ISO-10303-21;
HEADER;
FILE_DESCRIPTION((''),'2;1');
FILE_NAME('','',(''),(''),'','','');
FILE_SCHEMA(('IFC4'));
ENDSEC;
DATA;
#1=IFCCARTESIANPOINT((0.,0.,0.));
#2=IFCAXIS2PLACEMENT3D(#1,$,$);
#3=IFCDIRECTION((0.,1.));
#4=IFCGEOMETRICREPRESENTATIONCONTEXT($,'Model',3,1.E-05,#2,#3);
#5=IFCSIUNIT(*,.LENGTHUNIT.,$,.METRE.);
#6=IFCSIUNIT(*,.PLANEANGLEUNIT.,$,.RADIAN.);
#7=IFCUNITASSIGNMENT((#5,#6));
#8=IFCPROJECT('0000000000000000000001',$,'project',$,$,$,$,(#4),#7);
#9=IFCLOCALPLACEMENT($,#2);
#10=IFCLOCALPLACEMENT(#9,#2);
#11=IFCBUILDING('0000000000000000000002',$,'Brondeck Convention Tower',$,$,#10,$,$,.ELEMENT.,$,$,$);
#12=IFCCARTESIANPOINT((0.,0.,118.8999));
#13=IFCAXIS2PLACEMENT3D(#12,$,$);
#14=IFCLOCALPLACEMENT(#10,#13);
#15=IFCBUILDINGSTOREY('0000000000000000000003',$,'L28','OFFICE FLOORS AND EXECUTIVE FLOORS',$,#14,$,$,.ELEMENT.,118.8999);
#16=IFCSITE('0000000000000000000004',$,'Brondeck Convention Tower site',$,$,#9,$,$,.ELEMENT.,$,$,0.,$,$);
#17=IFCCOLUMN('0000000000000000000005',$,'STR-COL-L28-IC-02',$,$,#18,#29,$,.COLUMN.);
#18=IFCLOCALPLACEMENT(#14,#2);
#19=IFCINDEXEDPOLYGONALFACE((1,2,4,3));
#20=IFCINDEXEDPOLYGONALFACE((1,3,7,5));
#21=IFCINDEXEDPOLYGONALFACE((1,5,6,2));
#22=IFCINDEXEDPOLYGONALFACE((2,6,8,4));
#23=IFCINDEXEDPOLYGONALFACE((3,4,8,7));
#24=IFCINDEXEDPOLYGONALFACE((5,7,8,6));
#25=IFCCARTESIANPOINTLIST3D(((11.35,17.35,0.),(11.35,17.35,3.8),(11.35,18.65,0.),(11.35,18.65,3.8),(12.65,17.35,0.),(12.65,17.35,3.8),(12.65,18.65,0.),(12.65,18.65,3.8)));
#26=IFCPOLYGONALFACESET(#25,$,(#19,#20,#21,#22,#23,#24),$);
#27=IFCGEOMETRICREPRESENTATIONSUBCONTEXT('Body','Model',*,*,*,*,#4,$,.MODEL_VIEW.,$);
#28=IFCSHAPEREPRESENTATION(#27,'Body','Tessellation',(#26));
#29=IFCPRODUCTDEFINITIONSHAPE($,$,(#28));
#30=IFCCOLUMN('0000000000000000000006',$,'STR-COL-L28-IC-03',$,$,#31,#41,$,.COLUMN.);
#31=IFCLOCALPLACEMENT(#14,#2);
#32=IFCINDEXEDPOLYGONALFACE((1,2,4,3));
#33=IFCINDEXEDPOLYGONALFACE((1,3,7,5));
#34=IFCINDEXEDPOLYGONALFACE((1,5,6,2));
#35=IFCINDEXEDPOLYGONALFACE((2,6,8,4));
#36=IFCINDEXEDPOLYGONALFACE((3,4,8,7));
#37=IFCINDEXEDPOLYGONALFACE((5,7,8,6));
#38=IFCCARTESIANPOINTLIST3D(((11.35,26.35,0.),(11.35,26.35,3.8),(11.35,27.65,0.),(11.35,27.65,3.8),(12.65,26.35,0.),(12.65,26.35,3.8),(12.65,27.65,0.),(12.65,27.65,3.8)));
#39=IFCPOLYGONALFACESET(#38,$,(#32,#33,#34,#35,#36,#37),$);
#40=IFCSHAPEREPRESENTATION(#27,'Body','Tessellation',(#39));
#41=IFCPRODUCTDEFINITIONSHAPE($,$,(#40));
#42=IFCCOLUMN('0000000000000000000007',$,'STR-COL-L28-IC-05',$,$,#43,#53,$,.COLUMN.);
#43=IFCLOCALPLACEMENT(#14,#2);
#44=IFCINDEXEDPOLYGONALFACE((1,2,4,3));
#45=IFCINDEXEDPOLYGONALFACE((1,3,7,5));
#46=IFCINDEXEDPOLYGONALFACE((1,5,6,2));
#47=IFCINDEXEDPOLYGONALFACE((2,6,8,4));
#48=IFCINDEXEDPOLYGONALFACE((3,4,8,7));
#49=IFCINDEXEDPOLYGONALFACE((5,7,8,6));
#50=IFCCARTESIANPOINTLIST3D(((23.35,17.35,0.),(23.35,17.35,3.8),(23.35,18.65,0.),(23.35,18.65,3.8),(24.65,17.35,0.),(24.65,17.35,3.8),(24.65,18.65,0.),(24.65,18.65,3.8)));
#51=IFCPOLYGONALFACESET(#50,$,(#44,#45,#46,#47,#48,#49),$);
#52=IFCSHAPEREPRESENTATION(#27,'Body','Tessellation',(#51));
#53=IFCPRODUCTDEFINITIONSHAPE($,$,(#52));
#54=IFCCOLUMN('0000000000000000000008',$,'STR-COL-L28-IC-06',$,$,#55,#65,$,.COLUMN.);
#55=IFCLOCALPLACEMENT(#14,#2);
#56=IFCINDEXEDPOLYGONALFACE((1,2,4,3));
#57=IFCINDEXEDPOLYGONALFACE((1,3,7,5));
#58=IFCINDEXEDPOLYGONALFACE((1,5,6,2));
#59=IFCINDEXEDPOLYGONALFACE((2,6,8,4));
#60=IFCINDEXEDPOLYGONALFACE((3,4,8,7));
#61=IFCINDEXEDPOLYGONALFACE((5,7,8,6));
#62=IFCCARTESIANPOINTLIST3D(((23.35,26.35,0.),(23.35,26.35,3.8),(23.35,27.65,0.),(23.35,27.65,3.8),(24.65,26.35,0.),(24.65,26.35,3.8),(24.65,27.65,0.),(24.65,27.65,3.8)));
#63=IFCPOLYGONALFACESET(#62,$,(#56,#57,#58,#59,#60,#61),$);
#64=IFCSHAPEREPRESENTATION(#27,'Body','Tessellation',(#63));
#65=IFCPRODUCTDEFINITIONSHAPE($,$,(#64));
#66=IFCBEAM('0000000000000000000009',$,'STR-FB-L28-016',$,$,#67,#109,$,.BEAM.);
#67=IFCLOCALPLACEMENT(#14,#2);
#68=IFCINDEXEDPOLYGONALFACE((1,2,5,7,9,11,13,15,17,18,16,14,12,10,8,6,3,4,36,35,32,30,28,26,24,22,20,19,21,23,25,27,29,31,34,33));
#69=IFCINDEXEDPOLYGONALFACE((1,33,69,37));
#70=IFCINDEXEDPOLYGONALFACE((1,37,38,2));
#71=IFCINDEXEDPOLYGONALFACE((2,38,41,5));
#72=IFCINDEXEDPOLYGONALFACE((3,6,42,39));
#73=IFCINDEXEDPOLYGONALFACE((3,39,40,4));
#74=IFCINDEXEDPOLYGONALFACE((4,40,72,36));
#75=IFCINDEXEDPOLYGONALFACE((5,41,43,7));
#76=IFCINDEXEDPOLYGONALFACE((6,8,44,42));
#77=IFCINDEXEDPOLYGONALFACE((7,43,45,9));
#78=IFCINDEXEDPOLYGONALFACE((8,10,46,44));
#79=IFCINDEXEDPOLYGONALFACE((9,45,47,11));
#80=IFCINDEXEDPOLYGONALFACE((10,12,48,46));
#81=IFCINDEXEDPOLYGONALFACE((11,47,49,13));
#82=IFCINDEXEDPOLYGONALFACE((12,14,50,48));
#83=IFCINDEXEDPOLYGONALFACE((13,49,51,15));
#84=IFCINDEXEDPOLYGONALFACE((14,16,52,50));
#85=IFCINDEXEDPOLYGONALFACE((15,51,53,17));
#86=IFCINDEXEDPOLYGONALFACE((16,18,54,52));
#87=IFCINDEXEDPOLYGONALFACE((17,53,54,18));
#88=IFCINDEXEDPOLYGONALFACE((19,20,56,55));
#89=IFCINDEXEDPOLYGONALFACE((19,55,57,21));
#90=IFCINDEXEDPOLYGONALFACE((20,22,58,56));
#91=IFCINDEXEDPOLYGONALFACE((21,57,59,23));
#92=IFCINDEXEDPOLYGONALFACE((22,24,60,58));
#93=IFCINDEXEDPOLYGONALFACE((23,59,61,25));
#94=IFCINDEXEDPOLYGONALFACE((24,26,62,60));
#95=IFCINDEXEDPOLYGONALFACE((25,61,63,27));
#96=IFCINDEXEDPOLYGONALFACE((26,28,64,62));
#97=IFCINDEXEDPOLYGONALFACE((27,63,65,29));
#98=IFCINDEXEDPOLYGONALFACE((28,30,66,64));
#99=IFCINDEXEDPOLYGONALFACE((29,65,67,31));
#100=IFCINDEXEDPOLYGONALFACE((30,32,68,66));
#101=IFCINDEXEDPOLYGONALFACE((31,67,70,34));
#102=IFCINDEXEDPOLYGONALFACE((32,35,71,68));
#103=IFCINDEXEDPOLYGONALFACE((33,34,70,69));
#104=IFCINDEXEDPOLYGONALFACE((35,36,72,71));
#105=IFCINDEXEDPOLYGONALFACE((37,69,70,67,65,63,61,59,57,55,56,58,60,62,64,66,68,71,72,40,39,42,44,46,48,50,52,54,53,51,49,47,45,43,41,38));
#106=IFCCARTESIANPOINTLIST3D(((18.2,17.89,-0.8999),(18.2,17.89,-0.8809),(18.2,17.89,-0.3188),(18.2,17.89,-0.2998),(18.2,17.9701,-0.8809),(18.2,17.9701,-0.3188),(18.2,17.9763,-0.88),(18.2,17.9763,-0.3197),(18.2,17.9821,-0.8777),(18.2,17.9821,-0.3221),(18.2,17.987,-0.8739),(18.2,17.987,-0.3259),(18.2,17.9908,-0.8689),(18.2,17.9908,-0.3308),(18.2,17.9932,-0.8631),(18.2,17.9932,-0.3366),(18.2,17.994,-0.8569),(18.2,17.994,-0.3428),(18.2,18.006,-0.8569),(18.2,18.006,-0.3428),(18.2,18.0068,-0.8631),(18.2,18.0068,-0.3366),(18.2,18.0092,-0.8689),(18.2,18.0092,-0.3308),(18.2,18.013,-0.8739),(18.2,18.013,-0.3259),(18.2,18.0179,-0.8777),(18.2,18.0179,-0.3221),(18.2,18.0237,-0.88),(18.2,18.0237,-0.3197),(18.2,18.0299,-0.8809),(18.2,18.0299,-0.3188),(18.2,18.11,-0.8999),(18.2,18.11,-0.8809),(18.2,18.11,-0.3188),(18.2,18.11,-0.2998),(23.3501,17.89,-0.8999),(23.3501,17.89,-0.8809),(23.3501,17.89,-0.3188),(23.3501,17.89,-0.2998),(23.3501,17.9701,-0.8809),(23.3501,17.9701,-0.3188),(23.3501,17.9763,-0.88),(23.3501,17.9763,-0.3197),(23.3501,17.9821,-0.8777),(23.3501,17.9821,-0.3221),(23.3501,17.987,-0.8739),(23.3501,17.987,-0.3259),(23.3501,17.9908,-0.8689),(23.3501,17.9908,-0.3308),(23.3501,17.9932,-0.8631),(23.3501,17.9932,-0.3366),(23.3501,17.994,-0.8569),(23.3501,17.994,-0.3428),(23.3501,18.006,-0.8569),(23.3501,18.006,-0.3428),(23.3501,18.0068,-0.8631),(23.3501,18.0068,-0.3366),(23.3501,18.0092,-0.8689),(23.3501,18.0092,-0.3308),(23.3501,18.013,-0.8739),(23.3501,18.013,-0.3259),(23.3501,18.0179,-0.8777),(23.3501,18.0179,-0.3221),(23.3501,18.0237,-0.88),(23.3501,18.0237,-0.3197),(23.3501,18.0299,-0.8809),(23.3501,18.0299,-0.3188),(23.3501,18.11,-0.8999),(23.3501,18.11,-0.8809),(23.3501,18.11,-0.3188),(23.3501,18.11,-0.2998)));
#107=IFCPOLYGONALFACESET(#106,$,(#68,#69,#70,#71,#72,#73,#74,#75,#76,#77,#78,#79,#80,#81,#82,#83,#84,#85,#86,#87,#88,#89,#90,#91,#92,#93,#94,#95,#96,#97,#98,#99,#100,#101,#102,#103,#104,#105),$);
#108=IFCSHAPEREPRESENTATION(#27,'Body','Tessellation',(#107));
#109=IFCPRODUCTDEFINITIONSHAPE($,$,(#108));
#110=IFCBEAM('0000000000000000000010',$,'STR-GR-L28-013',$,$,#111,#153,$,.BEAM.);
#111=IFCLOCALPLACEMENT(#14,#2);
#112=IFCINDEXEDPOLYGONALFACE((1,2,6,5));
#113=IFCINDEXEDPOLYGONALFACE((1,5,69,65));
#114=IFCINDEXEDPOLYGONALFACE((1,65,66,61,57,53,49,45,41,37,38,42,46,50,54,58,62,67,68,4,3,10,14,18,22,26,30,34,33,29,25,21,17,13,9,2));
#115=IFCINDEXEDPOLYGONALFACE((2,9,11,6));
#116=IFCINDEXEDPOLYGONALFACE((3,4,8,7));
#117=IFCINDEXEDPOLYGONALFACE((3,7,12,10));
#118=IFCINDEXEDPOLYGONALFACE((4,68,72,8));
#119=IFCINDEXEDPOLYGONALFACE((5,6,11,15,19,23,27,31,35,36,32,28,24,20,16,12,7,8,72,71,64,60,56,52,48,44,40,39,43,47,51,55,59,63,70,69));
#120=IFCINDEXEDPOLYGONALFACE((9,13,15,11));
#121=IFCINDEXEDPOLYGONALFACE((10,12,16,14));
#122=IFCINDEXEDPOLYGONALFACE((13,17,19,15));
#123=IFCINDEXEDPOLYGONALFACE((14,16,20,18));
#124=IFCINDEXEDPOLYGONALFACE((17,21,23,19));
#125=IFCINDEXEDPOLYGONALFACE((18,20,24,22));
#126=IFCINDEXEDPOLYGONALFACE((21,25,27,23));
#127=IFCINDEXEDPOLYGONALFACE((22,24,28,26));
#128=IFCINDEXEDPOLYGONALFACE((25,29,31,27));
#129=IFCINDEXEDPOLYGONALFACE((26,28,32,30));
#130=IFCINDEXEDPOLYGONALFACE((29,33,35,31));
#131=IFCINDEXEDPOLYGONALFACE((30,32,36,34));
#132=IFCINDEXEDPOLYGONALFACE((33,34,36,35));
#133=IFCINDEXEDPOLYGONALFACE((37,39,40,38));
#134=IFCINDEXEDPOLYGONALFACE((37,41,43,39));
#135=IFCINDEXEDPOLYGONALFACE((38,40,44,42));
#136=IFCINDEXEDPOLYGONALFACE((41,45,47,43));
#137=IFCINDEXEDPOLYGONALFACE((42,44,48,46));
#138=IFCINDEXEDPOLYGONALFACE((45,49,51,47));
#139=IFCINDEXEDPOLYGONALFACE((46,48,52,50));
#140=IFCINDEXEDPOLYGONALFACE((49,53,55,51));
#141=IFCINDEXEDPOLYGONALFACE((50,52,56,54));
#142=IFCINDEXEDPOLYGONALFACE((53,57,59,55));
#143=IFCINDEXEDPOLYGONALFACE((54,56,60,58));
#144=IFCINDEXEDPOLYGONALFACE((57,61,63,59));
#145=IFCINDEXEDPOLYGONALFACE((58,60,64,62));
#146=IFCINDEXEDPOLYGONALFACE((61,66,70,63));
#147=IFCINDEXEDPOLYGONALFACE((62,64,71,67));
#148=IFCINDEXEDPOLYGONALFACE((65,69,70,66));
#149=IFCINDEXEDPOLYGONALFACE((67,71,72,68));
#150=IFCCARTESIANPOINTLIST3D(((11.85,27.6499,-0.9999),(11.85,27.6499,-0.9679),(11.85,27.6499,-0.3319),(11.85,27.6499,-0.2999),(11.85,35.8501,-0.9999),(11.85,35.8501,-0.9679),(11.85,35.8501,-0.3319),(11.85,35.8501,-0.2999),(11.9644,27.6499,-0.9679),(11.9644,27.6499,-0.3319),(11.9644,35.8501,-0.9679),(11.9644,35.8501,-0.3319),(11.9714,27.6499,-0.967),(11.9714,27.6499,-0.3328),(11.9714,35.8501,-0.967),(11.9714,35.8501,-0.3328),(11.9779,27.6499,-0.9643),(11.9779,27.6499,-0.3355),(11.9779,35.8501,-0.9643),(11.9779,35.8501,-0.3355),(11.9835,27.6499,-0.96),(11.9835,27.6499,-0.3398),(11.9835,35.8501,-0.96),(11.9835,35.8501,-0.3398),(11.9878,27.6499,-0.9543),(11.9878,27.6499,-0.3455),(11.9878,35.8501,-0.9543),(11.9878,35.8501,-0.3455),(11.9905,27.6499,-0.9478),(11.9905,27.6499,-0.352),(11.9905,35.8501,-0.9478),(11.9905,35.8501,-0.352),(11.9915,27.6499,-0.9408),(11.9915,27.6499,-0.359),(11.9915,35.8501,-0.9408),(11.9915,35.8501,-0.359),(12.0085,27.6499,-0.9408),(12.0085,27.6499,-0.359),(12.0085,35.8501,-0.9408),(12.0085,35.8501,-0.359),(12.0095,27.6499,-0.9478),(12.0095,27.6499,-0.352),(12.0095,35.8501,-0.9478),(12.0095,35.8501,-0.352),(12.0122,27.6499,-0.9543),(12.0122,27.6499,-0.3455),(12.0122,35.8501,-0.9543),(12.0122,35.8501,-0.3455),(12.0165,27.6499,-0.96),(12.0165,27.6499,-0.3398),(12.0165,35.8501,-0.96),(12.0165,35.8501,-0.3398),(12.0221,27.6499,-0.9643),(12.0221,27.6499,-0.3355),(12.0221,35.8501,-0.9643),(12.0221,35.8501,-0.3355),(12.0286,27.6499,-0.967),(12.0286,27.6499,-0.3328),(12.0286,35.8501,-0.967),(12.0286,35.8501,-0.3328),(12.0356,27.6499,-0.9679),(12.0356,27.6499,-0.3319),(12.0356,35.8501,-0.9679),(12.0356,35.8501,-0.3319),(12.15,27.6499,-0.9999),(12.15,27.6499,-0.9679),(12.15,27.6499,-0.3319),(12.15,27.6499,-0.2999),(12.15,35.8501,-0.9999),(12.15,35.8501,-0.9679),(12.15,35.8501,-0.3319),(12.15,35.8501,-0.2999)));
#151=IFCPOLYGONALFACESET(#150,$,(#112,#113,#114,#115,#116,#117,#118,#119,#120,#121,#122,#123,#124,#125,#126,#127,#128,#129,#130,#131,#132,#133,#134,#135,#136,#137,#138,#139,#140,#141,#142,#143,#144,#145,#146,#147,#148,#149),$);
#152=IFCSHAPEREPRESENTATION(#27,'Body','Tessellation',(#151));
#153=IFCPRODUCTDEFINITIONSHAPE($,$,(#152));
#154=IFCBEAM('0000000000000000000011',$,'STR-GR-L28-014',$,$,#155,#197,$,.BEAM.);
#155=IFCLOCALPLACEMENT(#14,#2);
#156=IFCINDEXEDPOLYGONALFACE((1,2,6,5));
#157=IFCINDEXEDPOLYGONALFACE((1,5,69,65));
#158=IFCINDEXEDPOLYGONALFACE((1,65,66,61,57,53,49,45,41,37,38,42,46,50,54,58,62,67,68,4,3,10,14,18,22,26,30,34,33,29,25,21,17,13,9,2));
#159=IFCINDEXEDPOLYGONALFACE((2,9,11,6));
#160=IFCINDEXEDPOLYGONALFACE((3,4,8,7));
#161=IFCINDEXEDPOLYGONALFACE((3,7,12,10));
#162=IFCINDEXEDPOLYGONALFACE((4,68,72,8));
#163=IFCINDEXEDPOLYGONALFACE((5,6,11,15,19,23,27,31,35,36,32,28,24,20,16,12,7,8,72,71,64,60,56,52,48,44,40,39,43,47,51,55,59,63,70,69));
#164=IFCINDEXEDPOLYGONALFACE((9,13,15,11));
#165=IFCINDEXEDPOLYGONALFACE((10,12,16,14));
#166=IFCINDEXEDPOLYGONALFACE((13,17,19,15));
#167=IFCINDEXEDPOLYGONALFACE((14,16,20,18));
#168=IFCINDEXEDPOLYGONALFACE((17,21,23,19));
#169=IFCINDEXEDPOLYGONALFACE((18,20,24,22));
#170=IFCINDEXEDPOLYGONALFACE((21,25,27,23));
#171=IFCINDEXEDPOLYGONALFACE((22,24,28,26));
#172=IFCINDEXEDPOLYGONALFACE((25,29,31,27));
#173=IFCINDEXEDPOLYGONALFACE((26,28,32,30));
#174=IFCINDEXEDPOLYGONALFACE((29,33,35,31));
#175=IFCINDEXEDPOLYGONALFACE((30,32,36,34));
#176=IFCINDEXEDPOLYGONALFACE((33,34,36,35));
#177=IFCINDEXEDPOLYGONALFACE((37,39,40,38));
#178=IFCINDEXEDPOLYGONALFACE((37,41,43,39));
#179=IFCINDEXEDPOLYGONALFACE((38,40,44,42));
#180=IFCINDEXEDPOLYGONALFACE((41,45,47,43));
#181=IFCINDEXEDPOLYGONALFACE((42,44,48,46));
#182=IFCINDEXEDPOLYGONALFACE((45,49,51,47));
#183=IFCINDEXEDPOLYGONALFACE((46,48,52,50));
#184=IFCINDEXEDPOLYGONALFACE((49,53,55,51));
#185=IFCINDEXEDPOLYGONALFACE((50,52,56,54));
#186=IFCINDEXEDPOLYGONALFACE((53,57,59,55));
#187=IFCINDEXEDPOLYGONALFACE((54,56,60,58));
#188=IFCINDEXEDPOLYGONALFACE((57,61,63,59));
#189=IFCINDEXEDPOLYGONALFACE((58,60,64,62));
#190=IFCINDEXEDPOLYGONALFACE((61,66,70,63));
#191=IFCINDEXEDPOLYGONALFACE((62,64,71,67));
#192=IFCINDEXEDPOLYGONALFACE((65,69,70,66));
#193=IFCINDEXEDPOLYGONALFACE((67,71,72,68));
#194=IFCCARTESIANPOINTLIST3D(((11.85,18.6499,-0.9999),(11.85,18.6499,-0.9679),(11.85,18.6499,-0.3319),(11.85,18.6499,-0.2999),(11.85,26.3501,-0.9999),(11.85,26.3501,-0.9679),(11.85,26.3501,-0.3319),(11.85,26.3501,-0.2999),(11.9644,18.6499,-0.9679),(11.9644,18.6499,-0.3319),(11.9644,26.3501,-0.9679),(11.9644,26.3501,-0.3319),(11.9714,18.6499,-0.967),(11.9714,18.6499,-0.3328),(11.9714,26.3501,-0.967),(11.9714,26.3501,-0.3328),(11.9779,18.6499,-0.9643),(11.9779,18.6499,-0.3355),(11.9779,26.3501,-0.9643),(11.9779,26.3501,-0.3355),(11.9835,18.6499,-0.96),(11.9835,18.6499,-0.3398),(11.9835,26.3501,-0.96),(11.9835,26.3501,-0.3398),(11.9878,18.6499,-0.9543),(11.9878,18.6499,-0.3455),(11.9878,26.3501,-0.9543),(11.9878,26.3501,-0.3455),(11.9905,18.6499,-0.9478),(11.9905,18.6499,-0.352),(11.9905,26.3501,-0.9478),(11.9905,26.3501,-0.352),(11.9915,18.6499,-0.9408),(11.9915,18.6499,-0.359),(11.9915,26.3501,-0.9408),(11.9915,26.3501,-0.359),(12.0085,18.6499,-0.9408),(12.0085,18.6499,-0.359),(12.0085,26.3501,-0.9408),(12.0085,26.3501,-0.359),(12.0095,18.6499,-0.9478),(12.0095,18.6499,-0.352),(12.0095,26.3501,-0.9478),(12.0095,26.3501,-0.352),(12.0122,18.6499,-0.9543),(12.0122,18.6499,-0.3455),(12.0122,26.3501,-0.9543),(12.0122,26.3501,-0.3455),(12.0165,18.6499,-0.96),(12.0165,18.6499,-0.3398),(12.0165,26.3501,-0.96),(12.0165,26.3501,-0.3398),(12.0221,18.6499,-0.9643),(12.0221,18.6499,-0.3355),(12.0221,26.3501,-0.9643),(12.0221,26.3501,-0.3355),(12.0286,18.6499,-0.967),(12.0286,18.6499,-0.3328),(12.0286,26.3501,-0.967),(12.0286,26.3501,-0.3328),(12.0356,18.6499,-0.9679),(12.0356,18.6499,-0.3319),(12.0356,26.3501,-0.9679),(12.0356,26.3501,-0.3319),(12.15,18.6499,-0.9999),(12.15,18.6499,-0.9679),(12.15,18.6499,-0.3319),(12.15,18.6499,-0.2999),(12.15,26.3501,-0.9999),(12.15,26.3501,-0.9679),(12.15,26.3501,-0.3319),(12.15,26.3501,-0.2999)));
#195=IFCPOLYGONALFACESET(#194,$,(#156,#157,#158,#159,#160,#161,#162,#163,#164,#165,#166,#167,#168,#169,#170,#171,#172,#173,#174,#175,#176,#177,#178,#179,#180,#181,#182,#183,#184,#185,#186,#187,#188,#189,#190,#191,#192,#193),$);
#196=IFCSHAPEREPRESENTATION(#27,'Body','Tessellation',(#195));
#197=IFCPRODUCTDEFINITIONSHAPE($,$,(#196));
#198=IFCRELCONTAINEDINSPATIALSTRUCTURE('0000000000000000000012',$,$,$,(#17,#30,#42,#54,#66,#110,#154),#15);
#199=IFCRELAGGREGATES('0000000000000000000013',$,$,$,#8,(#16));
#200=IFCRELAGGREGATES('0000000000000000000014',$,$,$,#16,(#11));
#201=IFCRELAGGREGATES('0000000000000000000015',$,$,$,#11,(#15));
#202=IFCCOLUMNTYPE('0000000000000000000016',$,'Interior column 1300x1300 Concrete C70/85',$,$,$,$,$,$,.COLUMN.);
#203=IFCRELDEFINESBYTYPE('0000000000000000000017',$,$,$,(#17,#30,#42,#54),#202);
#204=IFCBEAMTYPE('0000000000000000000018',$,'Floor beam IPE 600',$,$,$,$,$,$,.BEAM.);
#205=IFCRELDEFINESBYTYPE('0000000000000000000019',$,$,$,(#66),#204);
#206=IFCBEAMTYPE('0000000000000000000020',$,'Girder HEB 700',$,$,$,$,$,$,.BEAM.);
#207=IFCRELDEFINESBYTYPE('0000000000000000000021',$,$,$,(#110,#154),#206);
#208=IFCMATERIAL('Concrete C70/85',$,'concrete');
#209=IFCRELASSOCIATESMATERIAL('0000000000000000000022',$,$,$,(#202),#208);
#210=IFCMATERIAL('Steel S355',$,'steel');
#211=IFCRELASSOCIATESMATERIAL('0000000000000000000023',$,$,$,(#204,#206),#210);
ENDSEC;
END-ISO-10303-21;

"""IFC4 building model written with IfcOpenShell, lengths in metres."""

from ifc_helpers import new_model, si_unit, direction, frame, origin, origin_2d, place, context, subcontext, project, spatial, rectangle, i_section, extrude, material, material_profile, profile_set, type_object, element, save


model = new_model("IFC4")

# Units and contexts
model_context = context("Model", 3, precision=1e-05, world=origin(), true_north=direction((0.0, 1.0)))
body_context = subcontext(model_context, "Body", "Model", "MODEL_VIEW")
ifc_project = project(units=[si_unit("LENGTHUNIT", "METRE"), si_unit("PLANEANGLEUNIT", "RADIAN")], contexts=[model_context])

# Site, building, storey
site_placement = place(None, origin())
site = spatial("IfcSite", under=ifc_project, at=site_placement, Name="Brondeck Convention Tower site", CompositionType="ELEMENT", RefElevation=0.0)
building_placement = place(site_placement, origin())
building = spatial("IfcBuilding", under=site, at=building_placement, Name="Brondeck Convention Tower", CompositionType="ELEMENT")
storey_placement = place(building_placement, frame((0.0, 0.0, 118.8999)))
storey = spatial("IfcBuildingStorey", under=building, at=storey_placement, Name="L28", Description="OFFICE FLOORS AND EXECUTIVE FLOORS", CompositionType="ELEMENT", Elevation=118.8999)

# Columns
ifc_material_1 = material(Name="Concrete C70/85", Category="concrete")
ifc_material_profile_1 = material_profile(ifc_material_1, rectangle(XDim=1.3, YDim=1.3, at=origin_2d()), Name="Interior column 1300x1300 Concrete C70/85")
ifc_profile_set_1 = profile_set([ifc_material_profile_1], Name="Concrete C70/85")
column_type = type_object("IfcColumnType", Name="Interior column 1300x1300 Concrete C70/85", PredefinedType="COLUMN", material=ifc_profile_set_1)
for number, where, z_axis, x_axis, name in (
    (1, (12.0, 18.0, 0.0), (0.0, 0.0, 1.0), (1.0, 0.0, 0.0), "STR-COL-L28-IC-02"),
    (2, (12.0, 27.0, 0.0), (0.0, 0.0, 1.0), (1.0, 0.0, 0.0), "STR-COL-L28-IC-03"),
    (3, (24.0, 18.0, 0.0), (0.0, 0.0, 1.0), (1.0, 0.0, 0.0), "STR-COL-L28-IC-05"),
    (4, (24.0, 27.0, 0.0), (0.0, 0.0, 1.0), (1.0, 0.0, 0.0), "STR-COL-L28-IC-06"),
):
    element("IfcColumn", number, at=place(storey_placement, frame(where, z_axis=z_axis, x_axis=x_axis)), inside=storey, type_object=column_type, Name=name, PredefinedType="COLUMN", context=body_context, shape_type="SweptSolid", body=[
        extrude(rectangle(XDim=1.3, YDim=1.3, at=origin_2d()), origin(), (0.0, 0.0, 1.0), 3.8),
    ])

# Beams
ifc_material_2 = material(Name="Steel S355", Category="steel")
ifc_material_profile_2 = material_profile(ifc_material_2, i_section(OverallWidth=0.22, OverallDepth=0.6001, WebThickness=0.012, FlangeThickness=0.019, FilletRadius=0.0239, at=origin_2d()), Name="IPE 600")
ifc_profile_set_2 = profile_set([ifc_material_profile_2], Name="Steel S355")
beam_type_1 = type_object("IfcBeamType", Name="Floor beam IPE 600", PredefinedType="BEAM", material=ifc_profile_set_2)
beam_1_placement = place(storey_placement, frame((18.2, 18.0, -0.5999), z_axis=(1.0, 0.0, 0.0), x_axis=(0.0, 1.0, 0.0)))
element("IfcBeam", 5, at=beam_1_placement, inside=storey, type_object=beam_type_1, Name="STR-FB-L28-016", PredefinedType="BEAM", context=body_context, shape_type="SweptSolid", body=[
    extrude(i_section(OverallWidth=0.22, OverallDepth=0.6001, WebThickness=0.012, FlangeThickness=0.019, FilletRadius=0.0239, at=origin_2d()), origin(), (0.0, 0.0, 1.0), 5.1501),
])
ifc_material_profile_3 = material_profile(ifc_material_2, i_section(OverallWidth=0.3, OverallDepth=0.7, WebThickness=0.0171, FlangeThickness=0.032, FilletRadius=0.0271, at=origin_2d()), Name="HEB 700")
ifc_profile_set_3 = profile_set([ifc_material_profile_3], Name="Steel S355")
beam_type_2 = type_object("IfcBeamType", Name="Girder HEB 700", PredefinedType="BEAM", material=ifc_profile_set_3)
beam_2_placement = place(storey_placement, frame((12.0, 35.8501, -0.6499), z_axis=(0.0, -1.0, 0.0), x_axis=(1.0, 0.0, 0.0)))
element("IfcBeam", 6, at=beam_2_placement, inside=storey, type_object=beam_type_2, Name="STR-GR-L28-013", PredefinedType="BEAM", context=body_context, shape_type="SweptSolid", body=[
    extrude(i_section(OverallWidth=0.3, OverallDepth=0.7, WebThickness=0.0171, FlangeThickness=0.032, FilletRadius=0.0271, at=origin_2d()), origin(), (0.0, 0.0, 1.0), 8.2002),
])
for number, where, z_axis, x_axis, name in (
    (7, (12.0, 26.3501, -0.6499), (0.0, -1.0, 0.0), (1.0, 0.0, 0.0), "STR-GR-L28-014"),
):
    element("IfcBeam", number, at=place(storey_placement, frame(where, z_axis=z_axis, x_axis=x_axis)), inside=storey, type_object=beam_type_2, Name=name, PredefinedType="BEAM", context=body_context, shape_type="SweptSolid", body=[
        extrude(i_section(OverallWidth=0.3, OverallDepth=0.7, WebThickness=0.0171, FlangeThickness=0.032, FilletRadius=0.0271, at=origin_2d()), origin(), (0.0, 0.0, 1.0), 7.7002),
    ])

save(model, "model.ifc")
